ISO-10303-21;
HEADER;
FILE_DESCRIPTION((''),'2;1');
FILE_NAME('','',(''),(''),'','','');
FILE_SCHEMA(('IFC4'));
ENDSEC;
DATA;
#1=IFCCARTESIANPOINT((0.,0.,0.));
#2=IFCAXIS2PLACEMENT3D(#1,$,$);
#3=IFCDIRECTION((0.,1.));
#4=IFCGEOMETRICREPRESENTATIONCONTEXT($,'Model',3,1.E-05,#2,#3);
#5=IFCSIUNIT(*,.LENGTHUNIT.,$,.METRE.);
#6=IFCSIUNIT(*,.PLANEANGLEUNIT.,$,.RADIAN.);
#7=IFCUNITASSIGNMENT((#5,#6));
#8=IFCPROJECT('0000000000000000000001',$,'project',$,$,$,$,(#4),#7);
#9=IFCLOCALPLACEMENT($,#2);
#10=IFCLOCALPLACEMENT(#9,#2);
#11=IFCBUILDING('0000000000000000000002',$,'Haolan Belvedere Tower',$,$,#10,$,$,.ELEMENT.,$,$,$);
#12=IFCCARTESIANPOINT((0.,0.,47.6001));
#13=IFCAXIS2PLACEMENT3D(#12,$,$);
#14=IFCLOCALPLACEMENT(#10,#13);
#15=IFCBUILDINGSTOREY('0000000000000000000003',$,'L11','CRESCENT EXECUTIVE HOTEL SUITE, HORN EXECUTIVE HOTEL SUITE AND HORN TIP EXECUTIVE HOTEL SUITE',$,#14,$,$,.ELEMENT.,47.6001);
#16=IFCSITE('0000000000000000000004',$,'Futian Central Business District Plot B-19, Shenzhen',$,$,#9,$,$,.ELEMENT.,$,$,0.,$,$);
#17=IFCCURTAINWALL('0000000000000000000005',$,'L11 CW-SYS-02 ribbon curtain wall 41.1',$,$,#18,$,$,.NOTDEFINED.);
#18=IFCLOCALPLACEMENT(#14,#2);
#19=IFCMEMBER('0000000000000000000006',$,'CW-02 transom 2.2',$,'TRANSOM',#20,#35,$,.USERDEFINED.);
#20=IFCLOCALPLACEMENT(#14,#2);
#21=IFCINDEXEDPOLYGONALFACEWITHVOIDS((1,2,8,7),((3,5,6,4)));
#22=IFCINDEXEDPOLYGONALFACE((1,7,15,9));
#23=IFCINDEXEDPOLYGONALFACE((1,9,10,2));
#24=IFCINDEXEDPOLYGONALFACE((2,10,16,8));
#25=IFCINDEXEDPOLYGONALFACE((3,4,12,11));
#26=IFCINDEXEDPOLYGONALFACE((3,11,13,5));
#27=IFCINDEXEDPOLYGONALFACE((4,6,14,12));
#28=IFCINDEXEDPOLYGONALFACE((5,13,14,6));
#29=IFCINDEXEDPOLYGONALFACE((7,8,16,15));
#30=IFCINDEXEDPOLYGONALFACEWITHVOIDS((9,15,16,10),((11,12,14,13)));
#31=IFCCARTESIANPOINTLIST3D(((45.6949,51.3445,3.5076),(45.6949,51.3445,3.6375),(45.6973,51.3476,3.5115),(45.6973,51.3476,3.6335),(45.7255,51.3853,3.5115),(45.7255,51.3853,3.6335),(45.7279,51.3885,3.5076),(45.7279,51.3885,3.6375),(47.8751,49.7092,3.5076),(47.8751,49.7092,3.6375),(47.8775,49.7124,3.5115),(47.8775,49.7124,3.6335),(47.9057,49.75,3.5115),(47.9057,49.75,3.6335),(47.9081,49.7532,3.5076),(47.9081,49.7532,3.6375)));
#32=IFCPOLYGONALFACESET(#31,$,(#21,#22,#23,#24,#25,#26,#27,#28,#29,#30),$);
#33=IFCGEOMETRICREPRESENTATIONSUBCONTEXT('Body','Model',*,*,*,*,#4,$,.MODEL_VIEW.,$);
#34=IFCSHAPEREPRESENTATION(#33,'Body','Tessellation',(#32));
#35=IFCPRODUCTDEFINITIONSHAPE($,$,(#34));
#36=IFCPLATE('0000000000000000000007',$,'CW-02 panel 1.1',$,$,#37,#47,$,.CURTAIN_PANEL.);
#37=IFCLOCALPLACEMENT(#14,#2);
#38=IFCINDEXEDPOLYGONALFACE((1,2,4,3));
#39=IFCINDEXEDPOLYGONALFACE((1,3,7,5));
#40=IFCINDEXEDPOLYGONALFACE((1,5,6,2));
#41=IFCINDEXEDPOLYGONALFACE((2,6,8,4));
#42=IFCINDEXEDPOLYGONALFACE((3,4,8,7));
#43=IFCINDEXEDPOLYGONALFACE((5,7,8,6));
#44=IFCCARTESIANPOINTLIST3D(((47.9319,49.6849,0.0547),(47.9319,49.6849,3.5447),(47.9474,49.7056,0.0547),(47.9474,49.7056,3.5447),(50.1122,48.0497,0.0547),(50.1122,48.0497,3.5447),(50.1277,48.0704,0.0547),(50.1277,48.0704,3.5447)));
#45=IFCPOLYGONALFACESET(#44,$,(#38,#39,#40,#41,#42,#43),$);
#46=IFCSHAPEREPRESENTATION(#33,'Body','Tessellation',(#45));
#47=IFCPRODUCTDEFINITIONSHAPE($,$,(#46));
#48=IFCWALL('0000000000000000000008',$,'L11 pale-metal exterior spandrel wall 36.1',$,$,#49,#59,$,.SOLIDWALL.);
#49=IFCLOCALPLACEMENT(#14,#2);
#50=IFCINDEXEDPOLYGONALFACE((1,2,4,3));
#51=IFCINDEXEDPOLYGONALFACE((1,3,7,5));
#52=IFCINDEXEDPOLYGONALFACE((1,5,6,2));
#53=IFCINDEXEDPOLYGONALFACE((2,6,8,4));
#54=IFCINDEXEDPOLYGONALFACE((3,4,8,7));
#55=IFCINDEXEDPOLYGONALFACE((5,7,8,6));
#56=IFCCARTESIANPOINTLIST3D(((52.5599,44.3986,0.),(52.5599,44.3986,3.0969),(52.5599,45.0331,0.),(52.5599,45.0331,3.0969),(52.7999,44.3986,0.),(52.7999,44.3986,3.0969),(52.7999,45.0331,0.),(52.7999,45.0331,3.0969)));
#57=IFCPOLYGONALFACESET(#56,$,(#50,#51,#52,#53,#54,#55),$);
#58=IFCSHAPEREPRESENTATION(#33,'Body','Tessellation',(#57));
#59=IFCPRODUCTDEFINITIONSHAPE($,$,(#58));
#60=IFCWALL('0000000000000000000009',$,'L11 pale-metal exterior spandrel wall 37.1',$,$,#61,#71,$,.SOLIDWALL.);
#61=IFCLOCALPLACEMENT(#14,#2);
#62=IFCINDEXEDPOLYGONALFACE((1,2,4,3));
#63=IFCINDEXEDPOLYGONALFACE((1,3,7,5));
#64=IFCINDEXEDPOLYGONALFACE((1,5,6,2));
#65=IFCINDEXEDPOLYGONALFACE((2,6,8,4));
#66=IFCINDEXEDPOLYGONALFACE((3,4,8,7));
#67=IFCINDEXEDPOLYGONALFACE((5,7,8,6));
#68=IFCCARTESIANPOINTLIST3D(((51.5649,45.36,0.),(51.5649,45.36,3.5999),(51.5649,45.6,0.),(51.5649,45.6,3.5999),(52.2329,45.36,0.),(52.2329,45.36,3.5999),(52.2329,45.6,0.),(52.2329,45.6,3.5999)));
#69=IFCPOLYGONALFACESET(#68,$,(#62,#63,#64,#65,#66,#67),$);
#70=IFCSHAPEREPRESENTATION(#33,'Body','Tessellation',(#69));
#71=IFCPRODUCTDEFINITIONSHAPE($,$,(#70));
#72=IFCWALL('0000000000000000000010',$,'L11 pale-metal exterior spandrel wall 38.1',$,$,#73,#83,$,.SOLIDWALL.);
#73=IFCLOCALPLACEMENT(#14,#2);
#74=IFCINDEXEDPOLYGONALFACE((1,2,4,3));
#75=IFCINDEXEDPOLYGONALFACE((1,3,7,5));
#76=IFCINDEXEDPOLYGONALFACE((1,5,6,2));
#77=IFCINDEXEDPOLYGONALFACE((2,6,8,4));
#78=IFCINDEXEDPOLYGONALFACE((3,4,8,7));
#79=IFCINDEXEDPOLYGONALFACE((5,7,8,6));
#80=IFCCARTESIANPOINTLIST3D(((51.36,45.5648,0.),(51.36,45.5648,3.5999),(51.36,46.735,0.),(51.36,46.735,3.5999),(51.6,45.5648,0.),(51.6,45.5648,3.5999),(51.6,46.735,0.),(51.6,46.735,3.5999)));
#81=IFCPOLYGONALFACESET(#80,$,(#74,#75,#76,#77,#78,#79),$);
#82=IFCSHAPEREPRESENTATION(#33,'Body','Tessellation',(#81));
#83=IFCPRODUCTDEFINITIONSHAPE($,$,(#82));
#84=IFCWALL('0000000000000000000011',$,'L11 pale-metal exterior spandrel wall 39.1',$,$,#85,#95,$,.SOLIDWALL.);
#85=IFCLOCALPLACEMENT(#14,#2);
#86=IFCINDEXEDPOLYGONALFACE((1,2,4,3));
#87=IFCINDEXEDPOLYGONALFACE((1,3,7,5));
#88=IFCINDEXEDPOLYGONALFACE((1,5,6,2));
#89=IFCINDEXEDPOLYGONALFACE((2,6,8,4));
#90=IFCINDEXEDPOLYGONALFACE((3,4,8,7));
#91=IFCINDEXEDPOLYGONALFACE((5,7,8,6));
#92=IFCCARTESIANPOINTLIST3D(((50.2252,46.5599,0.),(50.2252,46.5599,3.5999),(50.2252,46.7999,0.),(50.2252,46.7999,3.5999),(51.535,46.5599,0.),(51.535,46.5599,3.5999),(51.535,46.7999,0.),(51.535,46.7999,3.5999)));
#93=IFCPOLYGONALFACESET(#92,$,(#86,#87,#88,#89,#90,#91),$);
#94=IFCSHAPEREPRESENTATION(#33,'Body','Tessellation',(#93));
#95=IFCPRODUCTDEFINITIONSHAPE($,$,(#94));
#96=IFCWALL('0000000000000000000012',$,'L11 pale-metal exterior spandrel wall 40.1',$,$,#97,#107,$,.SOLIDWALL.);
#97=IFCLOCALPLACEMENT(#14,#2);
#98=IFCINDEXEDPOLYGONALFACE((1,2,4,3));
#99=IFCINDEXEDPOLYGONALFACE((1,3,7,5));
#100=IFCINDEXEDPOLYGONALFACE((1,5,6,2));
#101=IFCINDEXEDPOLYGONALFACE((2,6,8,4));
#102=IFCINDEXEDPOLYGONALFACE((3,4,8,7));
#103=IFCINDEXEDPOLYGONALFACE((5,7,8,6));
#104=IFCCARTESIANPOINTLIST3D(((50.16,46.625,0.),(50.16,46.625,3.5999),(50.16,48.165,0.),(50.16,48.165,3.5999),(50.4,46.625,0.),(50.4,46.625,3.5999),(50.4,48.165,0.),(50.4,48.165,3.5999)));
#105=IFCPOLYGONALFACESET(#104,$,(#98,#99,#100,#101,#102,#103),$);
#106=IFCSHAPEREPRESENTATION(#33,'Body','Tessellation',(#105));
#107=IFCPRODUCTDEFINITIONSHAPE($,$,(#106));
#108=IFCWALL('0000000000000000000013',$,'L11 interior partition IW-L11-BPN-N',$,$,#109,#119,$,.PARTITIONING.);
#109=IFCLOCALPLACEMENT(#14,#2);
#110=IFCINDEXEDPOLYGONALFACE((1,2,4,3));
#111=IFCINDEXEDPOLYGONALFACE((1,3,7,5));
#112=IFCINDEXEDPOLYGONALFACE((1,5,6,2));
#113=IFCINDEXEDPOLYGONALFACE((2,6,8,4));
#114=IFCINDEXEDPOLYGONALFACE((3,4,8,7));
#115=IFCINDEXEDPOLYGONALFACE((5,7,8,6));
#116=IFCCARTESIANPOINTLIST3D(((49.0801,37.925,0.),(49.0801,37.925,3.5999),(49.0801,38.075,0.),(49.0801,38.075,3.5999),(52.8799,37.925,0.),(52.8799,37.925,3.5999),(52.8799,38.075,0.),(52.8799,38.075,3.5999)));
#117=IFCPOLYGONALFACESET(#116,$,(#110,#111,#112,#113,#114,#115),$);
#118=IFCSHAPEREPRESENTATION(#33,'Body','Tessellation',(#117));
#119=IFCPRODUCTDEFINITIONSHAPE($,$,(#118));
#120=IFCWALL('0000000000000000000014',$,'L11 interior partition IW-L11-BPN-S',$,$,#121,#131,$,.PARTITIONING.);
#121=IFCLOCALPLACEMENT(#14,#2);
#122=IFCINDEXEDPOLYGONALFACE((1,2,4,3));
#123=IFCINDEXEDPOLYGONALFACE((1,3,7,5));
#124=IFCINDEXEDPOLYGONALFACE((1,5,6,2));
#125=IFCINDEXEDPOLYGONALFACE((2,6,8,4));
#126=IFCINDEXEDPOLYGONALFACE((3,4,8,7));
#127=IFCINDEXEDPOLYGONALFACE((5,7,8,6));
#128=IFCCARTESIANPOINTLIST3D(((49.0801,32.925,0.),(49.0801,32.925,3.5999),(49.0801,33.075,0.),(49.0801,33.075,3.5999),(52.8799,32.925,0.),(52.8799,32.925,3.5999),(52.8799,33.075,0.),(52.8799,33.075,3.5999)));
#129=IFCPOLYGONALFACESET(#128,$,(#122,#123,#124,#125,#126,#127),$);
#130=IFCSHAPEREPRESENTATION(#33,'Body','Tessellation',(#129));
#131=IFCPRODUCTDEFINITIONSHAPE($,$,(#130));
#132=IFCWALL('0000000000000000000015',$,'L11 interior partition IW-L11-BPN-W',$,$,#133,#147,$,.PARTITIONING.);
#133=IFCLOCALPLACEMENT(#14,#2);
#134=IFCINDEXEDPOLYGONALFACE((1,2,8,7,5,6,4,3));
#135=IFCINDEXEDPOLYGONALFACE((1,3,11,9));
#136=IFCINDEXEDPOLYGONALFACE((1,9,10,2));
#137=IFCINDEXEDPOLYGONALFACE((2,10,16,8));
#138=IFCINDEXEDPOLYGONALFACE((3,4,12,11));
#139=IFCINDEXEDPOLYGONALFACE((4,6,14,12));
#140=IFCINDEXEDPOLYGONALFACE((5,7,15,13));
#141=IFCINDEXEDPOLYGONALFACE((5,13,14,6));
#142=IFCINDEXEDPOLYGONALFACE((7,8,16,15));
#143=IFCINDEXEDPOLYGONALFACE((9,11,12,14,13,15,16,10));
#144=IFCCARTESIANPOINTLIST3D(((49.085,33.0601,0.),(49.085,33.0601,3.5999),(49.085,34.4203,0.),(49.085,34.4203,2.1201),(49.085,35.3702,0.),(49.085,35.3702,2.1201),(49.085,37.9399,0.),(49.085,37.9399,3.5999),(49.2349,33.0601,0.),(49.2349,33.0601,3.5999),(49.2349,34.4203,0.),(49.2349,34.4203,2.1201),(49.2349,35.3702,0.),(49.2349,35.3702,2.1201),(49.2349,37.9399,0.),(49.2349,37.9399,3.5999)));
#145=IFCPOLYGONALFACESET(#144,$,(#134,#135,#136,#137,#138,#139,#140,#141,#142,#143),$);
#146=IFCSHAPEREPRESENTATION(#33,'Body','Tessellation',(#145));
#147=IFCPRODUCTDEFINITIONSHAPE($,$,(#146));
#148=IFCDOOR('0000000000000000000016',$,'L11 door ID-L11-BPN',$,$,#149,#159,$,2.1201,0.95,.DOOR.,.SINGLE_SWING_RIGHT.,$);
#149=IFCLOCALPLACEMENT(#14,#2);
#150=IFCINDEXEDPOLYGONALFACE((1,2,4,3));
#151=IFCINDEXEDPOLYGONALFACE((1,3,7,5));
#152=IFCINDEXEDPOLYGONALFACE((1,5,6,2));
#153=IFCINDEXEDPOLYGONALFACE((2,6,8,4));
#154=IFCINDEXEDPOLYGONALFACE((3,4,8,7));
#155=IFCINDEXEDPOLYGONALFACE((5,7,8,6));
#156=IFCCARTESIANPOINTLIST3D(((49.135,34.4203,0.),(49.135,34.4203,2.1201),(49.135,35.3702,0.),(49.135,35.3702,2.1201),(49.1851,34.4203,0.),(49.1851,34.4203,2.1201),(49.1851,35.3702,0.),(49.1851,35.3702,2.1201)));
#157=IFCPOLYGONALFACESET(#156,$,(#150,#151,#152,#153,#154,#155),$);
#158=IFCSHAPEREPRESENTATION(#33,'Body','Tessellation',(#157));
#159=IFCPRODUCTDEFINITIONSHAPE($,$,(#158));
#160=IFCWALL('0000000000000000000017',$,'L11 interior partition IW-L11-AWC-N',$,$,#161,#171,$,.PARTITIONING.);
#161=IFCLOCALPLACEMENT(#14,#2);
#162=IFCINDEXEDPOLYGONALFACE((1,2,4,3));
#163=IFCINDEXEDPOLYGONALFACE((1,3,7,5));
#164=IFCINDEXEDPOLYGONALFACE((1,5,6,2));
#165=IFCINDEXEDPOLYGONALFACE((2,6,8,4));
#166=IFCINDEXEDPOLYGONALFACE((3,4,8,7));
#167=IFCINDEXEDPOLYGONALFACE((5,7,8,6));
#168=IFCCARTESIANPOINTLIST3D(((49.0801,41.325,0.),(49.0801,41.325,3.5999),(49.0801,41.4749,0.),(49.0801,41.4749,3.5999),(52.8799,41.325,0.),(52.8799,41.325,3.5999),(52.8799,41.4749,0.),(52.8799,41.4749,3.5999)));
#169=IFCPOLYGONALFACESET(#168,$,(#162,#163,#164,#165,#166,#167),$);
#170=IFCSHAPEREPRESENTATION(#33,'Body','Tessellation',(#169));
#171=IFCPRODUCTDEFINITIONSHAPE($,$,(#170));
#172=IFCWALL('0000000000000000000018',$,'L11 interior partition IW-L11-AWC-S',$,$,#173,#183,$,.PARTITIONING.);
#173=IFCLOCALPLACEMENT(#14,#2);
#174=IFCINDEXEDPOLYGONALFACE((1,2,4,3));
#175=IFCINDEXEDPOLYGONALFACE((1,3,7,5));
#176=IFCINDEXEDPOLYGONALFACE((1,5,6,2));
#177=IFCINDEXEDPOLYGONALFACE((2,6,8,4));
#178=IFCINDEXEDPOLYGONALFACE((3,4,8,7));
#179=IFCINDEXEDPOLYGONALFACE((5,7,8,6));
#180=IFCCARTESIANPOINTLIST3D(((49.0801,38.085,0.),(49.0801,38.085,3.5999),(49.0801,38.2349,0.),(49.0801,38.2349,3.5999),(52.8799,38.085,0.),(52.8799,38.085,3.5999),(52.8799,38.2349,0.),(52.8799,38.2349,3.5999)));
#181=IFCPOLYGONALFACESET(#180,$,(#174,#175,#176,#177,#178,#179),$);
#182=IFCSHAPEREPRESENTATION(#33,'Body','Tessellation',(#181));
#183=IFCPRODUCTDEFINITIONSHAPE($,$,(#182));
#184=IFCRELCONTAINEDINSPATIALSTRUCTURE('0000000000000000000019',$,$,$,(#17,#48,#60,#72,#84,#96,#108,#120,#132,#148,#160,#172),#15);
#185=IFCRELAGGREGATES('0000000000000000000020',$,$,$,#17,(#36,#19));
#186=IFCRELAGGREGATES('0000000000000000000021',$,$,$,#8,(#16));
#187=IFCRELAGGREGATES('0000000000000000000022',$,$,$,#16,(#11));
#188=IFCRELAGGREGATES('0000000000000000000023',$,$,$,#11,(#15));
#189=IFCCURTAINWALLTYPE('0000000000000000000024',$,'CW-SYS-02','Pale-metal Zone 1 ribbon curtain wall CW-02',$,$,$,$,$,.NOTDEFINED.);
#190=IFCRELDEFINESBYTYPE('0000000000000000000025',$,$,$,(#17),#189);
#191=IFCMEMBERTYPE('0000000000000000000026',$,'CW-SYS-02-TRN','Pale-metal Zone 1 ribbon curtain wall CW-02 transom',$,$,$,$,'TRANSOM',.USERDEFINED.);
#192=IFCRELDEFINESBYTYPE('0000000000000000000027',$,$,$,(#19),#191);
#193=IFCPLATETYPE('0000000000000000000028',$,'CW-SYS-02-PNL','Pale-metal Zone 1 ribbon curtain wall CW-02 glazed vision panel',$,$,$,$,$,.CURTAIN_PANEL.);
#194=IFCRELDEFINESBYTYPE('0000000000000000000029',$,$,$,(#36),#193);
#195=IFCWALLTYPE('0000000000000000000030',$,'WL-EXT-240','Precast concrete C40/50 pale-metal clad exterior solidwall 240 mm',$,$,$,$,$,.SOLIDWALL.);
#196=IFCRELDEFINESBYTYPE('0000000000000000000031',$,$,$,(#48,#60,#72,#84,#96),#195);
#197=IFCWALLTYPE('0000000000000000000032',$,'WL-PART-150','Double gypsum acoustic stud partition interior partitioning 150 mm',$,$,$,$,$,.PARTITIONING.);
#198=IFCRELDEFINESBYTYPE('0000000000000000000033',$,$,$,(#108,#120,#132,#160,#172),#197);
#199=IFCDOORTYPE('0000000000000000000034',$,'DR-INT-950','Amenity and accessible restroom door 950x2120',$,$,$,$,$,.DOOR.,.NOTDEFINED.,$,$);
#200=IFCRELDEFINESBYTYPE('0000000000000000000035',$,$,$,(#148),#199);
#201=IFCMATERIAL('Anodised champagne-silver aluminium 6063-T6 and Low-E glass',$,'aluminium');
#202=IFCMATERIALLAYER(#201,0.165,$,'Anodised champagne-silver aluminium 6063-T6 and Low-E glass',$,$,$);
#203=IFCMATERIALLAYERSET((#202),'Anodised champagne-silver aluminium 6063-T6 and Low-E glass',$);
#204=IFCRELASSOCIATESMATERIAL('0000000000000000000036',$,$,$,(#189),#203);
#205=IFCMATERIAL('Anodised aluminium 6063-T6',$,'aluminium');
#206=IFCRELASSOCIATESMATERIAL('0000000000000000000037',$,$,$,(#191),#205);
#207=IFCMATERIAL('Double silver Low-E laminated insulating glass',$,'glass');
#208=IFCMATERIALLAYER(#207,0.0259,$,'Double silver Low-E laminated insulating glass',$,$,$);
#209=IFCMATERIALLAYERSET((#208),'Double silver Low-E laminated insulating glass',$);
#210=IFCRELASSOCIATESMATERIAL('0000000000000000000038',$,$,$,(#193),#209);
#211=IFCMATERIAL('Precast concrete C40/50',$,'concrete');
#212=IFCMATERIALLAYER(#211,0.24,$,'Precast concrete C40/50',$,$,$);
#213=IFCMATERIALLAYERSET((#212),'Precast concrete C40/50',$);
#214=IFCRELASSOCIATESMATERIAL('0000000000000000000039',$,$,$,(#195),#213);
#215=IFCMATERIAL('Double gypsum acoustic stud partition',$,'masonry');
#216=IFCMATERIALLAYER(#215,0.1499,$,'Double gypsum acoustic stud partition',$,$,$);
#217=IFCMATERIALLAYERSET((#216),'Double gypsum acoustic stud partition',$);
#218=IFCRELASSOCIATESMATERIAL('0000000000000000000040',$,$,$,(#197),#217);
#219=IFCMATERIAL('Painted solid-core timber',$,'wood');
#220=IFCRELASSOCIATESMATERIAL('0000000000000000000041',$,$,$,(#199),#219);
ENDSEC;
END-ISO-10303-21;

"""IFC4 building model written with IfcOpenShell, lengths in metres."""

from ifc_helpers import new_model, si_unit, direction, frame, frame_2d, origin, origin_2d, place, context, subcontext, project, spatial, rectangle, hollow_rectangle, extrude, material, layer, layer_set, material_profile, profile_set, type_object, element, fill, aggregate, save


model = new_model("IFC4")

# Units and contexts
model_context = context("Model", 3, precision=1e-05, world=origin(), true_north=direction((0.0, 1.0)))
body_context = subcontext(model_context, "Body", "Model", "MODEL_VIEW")
ifc_project = project(units=[si_unit("LENGTHUNIT", "METRE"), si_unit("PLANEANGLEUNIT", "RADIAN")], contexts=[model_context])

# Site, building, storey
site_placement = place(None, origin())
site = spatial("IfcSite", under=ifc_project, at=site_placement, Name="Futian Central Business District Plot B-19, Shenzhen", CompositionType="ELEMENT", RefElevation=0.0)
building_placement = place(site_placement, origin())
building = spatial("IfcBuilding", under=site, at=building_placement, Name="Haolan Belvedere Tower", CompositionType="ELEMENT")
storey_placement = place(building_placement, frame((0.0, 0.0, 47.6001)))
storey = spatial("IfcBuildingStorey", under=building, at=storey_placement, Name="L11", Description="CRESCENT EXECUTIVE HOTEL SUITE, HORN EXECUTIVE HOTEL SUITE AND HORN TIP EXECUTIVE HOTEL SUITE", CompositionType="ELEMENT", Elevation=47.6001)

# Curtain wall, member, plate
ifc_material_1 = material(Name="Anodised champagne-silver aluminium 6063-T6 and Low-E glass", Category="aluminium")
ifc_layer_1 = layer(ifc_material_1, 0.165, Name="Anodised champagne-silver aluminium 6063-T6 and Low-E glass")
ifc_layer_set_1 = layer_set([ifc_layer_1], Name="Anodised champagne-silver aluminium 6063-T6 and Low-E glass")
curtain_wall_type = type_object("IfcCurtainWallType", Name="CW-SYS-02", Description="Pale-metal Zone 1 ribbon curtain wall CW-02", PredefinedType="NOTDEFINED", material=ifc_layer_set_1)
curtain_wall_placement = place(storey_placement, origin())
curtain_wall = element("IfcCurtainWall", 1, at=curtain_wall_placement, inside=storey, type_object=curtain_wall_type, Name="L11 CW-SYS-02 ribbon curtain wall 41.1", PredefinedType="NOTDEFINED")
ifc_material_2 = material(Name="Anodised aluminium 6063-T6", Category="aluminium")
ifc_material_profile_1 = material_profile(ifc_material_2, hollow_rectangle(XDim=0.0549, YDim=0.1299, WallThickness=0.0039, at=origin_2d()), Name="Anodised aluminium 6063-T6")
ifc_profile_set_1 = profile_set([ifc_material_profile_1], Name="Anodised aluminium 6063-T6")
member_type_1 = type_object("IfcMemberType", Name="CW-SYS-02-TRN", Description="Pale-metal Zone 1 ribbon curtain wall CW-02 transom", ElementType="TRANSOM", PredefinedType="USERDEFINED", material=ifc_profile_set_1)
member_1_placement = place(storey_placement, frame((47.8916, 49.7312, 3.5725), z_axis=(-0.799978, 0.600029, 0.0), x_axis=(-0.600029, -0.799978, 0.0)))
member_1 = element("IfcMember", 2, at=member_1_placement, type_object=member_type_1, Name="CW-02 transom 2.2", ObjectType="TRANSOM", PredefinedType="USERDEFINED", context=body_context, shape_type="SweptSolid", body=[
    extrude(hollow_rectangle(XDim=0.0549, YDim=0.1299, WallThickness=0.0039, at=origin_2d()), origin(), (0.0, 0.0, 1.0), 2.7253),
])
ifc_material_3 = material(Name="Double silver Low-E laminated insulating glass", Category="glass")
ifc_layer_2 = layer(ifc_material_3, 0.0259, Name="Double silver Low-E laminated insulating glass")
ifc_layer_set_2 = layer_set([ifc_layer_2], Name="Double silver Low-E laminated insulating glass")
plate_type = type_object("IfcPlateType", Name="CW-SYS-02-PNL", Description="Pale-metal Zone 1 ribbon curtain wall CW-02 glazed vision panel", PredefinedType="CURTAIN_PANEL", material=ifc_layer_set_2)
plate_placement = place(storey_placement, frame((49.0298, 48.8777, 0.0547), z_axis=(0.0, 0.0, 1.0), x_axis=(-0.800004, 0.599994, 0.0)))
plate = element("IfcPlate", 3, at=plate_placement, type_object=plate_type, Name="CW-02 panel 1.1", PredefinedType="CURTAIN_PANEL", context=body_context, shape_type="SweptSolid", body=[
    extrude(rectangle(XDim=2.7253, YDim=0.0259, at=origin_2d()), origin(), (0.0, 0.0, 1.0), 3.49),
])
aggregate(curtain_wall, [plate, member_1])

# Walls
ifc_material_4 = material(Name="Precast concrete C40/50", Category="concrete")
ifc_layer_3 = layer(ifc_material_4, 0.24, Name="Precast concrete C40/50")
ifc_layer_set_3 = layer_set([ifc_layer_3], Name="Precast concrete C40/50")
wall_type_1 = type_object("IfcWallType", Name="WL-EXT-240", Description="Precast concrete C40/50 pale-metal clad exterior solidwall 240 mm", PredefinedType="SOLIDWALL", material=ifc_layer_set_3)
wall_1_placement = place(storey_placement, frame((52.6799, 44.3984, 0.0), z_axis=(0.0, 0.0, 1.0), x_axis=(0.0, 1.0, 0.0)))
element("IfcWall", 4, at=wall_1_placement, inside=storey, type_object=wall_type_1, Name="L11 pale-metal exterior spandrel wall 36.1", PredefinedType="SOLIDWALL", context=body_context, shape_type="SweptSolid", body=[
    extrude(rectangle(XDim=0.6345, YDim=0.24, at=frame_2d((0.3174, 0.0))), origin(), (0.0, 0.0, 1.0), 3.0969),
])
wall_2_placement = place(storey_placement, frame((52.2329, 45.48, 0.0), z_axis=(0.0, 0.0, 1.0), x_axis=(-1.0, 0.0, 0.0)))
element("IfcWall", 5, at=wall_2_placement, inside=storey, type_object=wall_type_1, Name="L11 pale-metal exterior spandrel wall 37.1", PredefinedType="SOLIDWALL", context=body_context, shape_type="SweptSolid", body=[
    extrude(rectangle(XDim=0.668, YDim=0.24, at=frame_2d((0.334, 0.0))), origin(), (0.0, 0.0, 1.0), 3.5999),
])
wall_3_placement = place(storey_placement, frame((51.48, 45.5649, 0.0), z_axis=(0.0, 0.0, 1.0), x_axis=(0.0, 1.0, 0.0)))
element("IfcWall", 6, at=wall_3_placement, inside=storey, type_object=wall_type_1, Name="L11 pale-metal exterior spandrel wall 38.1", PredefinedType="SOLIDWALL", context=body_context, shape_type="SweptSolid", body=[
    extrude(rectangle(XDim=1.1702, YDim=0.24, at=frame_2d((0.585, 0.0))), origin(), (0.0, 0.0, 1.0), 3.5999),
])
wall_4_placement = place(storey_placement, frame((51.5349, 46.6799, 0.0), z_axis=(0.0, 0.0, 1.0), x_axis=(-1.0, 0.0, 0.0)))
element("IfcWall", 7, at=wall_4_placement, inside=storey, type_object=wall_type_1, Name="L11 pale-metal exterior spandrel wall 39.1", PredefinedType="SOLIDWALL", context=body_context, shape_type="SweptSolid", body=[
    extrude(rectangle(XDim=1.3098, YDim=0.24, at=frame_2d((0.6548, 0.0))), origin(), (0.0, 0.0, 1.0), 3.5999),
])
wall_5_placement = place(storey_placement, frame((50.28, 46.625, 0.0), z_axis=(0.0, 0.0, 1.0), x_axis=(0.0, 1.0, 0.0)))
element("IfcWall", 8, at=wall_5_placement, inside=storey, type_object=wall_type_1, Name="L11 pale-metal exterior spandrel wall 40.1", PredefinedType="SOLIDWALL", context=body_context, shape_type="SweptSolid", body=[
    extrude(rectangle(XDim=1.54, YDim=0.24, at=frame_2d((0.77, 0.0))), origin(), (0.0, 0.0, 1.0), 3.5999),
])
ifc_material_5 = material(Name="Double gypsum acoustic stud partition", Category="masonry")
ifc_layer_4 = layer(ifc_material_5, 0.1499, Name="Double gypsum acoustic stud partition")
ifc_layer_set_4 = layer_set([ifc_layer_4], Name="Double gypsum acoustic stud partition")
wall_type_2 = type_object("IfcWallType", Name="WL-PART-150", Description="Double gypsum acoustic stud partition interior partitioning 150 mm", PredefinedType="PARTITIONING", material=ifc_layer_set_4)
for number, where, z_axis, x_axis, name in (
    (9, (49.0801, 38.0, 0.0), (0.0, 0.0, 1.0), (1.0, 0.0, 0.0), "L11 interior partition IW-L11-BPN-N"),
    (10, (49.0801, 33.0, 0.0), (0.0, 0.0, 1.0), (1.0, 0.0, 0.0), "L11 interior partition IW-L11-BPN-S"),
):
    element("IfcWall", number, at=place(storey_placement, frame(where, z_axis=z_axis, x_axis=x_axis)), inside=storey, type_object=wall_type_2, Name=name, PredefinedType="PARTITIONING", context=body_context, shape_type="SweptSolid", body=[
        extrude(rectangle(XDim=3.7998, YDim=0.1499, at=frame_2d((1.8999, 0.0))), origin(), (0.0, 0.0, 1.0), 3.5999),
    ])

# Wall, opening, door
wall_6_placement = place(storey_placement, frame((49.1599, 33.0601, 0.0), z_axis=(0.0, 0.0, 1.0), x_axis=(0.0, 1.0, 0.0)))
wall_6 = element("IfcWall", 11, at=wall_6_placement, inside=storey, type_object=wall_type_2, Name="L11 interior partition IW-L11-BPN-W", PredefinedType="PARTITIONING", context=body_context, shape_type="SweptSolid", body=[
    extrude(rectangle(XDim=4.8799, YDim=0.1499, at=frame_2d((2.4399, 0.0))), origin(), (0.0, 0.0, 1.0), 3.5999),
])
opening_1_placement = place(wall_6_placement, frame((1.3601, 0.0, 0.0)))
opening_1 = element("IfcOpeningElement", 12, at=opening_1_placement, cuts=wall_6, PredefinedType="OPENING", context=body_context, shape_type="SweptSolid", body=[
    extrude(rectangle(XDim=0.95, YDim=2.1201, at=frame_2d((0.4751, 1.0601))), frame((0.0, 0.085, 0.0), z_axis=(0.0, -1.0, 0.0), x_axis=(1.0, 0.0, 0.0)), (0.0, 0.0, 1.0), 0.1699),
])
ifc_material_6 = material(Name="Painted solid-core timber", Category="wood")
door_type = type_object("IfcDoorType", Name="DR-INT-950", Description="Amenity and accessible restroom door 950x2120", OperationType="NOTDEFINED", PredefinedType="DOOR", material=ifc_material_6)
door_1_placement = place(opening_1_placement, origin())
door_1 = element("IfcDoor", 13, at=door_1_placement, inside=storey, type_object=door_type, Name="L11 door ID-L11-BPN", OperationType="SINGLE_SWING_RIGHT", OverallHeight=2.1201, OverallWidth=0.95, PredefinedType="DOOR", context=body_context, shape_type="SweptSolid", body=[
    extrude(rectangle(XDim=0.95, YDim=2.1201, at=frame_2d((0.4751, 1.0601))), frame((0.0, 0.0249, 0.0), z_axis=(0.0, -1.0, 0.0), x_axis=(1.0, 0.0, 0.0)), (0.0, 0.0, 1.0), 0.05),
])
fill(opening_1, door_1)

# Walls
for number, where, z_axis, x_axis, name in (
    (14, (49.0801, 41.3999, 0.0), (0.0, 0.0, 1.0), (1.0, 0.0, 0.0), "L11 interior partition IW-L11-AWC-N"),
    (15, (49.0801, 38.1599, 0.0), (0.0, 0.0, 1.0), (1.0, 0.0, 0.0), "L11 interior partition IW-L11-AWC-S"),
):
    element("IfcWall", number, at=place(storey_placement, frame(where, z_axis=z_axis, x_axis=x_axis)), inside=storey, type_object=wall_type_2, Name=name, PredefinedType="PARTITIONING", context=body_context, shape_type="SweptSolid", body=[
        extrude(rectangle(XDim=3.7998, YDim=0.1499, at=frame_2d((1.8999, 0.0))), origin(), (0.0, 0.0, 1.0), 3.5999),
    ])

save(model, "model.ifc")
